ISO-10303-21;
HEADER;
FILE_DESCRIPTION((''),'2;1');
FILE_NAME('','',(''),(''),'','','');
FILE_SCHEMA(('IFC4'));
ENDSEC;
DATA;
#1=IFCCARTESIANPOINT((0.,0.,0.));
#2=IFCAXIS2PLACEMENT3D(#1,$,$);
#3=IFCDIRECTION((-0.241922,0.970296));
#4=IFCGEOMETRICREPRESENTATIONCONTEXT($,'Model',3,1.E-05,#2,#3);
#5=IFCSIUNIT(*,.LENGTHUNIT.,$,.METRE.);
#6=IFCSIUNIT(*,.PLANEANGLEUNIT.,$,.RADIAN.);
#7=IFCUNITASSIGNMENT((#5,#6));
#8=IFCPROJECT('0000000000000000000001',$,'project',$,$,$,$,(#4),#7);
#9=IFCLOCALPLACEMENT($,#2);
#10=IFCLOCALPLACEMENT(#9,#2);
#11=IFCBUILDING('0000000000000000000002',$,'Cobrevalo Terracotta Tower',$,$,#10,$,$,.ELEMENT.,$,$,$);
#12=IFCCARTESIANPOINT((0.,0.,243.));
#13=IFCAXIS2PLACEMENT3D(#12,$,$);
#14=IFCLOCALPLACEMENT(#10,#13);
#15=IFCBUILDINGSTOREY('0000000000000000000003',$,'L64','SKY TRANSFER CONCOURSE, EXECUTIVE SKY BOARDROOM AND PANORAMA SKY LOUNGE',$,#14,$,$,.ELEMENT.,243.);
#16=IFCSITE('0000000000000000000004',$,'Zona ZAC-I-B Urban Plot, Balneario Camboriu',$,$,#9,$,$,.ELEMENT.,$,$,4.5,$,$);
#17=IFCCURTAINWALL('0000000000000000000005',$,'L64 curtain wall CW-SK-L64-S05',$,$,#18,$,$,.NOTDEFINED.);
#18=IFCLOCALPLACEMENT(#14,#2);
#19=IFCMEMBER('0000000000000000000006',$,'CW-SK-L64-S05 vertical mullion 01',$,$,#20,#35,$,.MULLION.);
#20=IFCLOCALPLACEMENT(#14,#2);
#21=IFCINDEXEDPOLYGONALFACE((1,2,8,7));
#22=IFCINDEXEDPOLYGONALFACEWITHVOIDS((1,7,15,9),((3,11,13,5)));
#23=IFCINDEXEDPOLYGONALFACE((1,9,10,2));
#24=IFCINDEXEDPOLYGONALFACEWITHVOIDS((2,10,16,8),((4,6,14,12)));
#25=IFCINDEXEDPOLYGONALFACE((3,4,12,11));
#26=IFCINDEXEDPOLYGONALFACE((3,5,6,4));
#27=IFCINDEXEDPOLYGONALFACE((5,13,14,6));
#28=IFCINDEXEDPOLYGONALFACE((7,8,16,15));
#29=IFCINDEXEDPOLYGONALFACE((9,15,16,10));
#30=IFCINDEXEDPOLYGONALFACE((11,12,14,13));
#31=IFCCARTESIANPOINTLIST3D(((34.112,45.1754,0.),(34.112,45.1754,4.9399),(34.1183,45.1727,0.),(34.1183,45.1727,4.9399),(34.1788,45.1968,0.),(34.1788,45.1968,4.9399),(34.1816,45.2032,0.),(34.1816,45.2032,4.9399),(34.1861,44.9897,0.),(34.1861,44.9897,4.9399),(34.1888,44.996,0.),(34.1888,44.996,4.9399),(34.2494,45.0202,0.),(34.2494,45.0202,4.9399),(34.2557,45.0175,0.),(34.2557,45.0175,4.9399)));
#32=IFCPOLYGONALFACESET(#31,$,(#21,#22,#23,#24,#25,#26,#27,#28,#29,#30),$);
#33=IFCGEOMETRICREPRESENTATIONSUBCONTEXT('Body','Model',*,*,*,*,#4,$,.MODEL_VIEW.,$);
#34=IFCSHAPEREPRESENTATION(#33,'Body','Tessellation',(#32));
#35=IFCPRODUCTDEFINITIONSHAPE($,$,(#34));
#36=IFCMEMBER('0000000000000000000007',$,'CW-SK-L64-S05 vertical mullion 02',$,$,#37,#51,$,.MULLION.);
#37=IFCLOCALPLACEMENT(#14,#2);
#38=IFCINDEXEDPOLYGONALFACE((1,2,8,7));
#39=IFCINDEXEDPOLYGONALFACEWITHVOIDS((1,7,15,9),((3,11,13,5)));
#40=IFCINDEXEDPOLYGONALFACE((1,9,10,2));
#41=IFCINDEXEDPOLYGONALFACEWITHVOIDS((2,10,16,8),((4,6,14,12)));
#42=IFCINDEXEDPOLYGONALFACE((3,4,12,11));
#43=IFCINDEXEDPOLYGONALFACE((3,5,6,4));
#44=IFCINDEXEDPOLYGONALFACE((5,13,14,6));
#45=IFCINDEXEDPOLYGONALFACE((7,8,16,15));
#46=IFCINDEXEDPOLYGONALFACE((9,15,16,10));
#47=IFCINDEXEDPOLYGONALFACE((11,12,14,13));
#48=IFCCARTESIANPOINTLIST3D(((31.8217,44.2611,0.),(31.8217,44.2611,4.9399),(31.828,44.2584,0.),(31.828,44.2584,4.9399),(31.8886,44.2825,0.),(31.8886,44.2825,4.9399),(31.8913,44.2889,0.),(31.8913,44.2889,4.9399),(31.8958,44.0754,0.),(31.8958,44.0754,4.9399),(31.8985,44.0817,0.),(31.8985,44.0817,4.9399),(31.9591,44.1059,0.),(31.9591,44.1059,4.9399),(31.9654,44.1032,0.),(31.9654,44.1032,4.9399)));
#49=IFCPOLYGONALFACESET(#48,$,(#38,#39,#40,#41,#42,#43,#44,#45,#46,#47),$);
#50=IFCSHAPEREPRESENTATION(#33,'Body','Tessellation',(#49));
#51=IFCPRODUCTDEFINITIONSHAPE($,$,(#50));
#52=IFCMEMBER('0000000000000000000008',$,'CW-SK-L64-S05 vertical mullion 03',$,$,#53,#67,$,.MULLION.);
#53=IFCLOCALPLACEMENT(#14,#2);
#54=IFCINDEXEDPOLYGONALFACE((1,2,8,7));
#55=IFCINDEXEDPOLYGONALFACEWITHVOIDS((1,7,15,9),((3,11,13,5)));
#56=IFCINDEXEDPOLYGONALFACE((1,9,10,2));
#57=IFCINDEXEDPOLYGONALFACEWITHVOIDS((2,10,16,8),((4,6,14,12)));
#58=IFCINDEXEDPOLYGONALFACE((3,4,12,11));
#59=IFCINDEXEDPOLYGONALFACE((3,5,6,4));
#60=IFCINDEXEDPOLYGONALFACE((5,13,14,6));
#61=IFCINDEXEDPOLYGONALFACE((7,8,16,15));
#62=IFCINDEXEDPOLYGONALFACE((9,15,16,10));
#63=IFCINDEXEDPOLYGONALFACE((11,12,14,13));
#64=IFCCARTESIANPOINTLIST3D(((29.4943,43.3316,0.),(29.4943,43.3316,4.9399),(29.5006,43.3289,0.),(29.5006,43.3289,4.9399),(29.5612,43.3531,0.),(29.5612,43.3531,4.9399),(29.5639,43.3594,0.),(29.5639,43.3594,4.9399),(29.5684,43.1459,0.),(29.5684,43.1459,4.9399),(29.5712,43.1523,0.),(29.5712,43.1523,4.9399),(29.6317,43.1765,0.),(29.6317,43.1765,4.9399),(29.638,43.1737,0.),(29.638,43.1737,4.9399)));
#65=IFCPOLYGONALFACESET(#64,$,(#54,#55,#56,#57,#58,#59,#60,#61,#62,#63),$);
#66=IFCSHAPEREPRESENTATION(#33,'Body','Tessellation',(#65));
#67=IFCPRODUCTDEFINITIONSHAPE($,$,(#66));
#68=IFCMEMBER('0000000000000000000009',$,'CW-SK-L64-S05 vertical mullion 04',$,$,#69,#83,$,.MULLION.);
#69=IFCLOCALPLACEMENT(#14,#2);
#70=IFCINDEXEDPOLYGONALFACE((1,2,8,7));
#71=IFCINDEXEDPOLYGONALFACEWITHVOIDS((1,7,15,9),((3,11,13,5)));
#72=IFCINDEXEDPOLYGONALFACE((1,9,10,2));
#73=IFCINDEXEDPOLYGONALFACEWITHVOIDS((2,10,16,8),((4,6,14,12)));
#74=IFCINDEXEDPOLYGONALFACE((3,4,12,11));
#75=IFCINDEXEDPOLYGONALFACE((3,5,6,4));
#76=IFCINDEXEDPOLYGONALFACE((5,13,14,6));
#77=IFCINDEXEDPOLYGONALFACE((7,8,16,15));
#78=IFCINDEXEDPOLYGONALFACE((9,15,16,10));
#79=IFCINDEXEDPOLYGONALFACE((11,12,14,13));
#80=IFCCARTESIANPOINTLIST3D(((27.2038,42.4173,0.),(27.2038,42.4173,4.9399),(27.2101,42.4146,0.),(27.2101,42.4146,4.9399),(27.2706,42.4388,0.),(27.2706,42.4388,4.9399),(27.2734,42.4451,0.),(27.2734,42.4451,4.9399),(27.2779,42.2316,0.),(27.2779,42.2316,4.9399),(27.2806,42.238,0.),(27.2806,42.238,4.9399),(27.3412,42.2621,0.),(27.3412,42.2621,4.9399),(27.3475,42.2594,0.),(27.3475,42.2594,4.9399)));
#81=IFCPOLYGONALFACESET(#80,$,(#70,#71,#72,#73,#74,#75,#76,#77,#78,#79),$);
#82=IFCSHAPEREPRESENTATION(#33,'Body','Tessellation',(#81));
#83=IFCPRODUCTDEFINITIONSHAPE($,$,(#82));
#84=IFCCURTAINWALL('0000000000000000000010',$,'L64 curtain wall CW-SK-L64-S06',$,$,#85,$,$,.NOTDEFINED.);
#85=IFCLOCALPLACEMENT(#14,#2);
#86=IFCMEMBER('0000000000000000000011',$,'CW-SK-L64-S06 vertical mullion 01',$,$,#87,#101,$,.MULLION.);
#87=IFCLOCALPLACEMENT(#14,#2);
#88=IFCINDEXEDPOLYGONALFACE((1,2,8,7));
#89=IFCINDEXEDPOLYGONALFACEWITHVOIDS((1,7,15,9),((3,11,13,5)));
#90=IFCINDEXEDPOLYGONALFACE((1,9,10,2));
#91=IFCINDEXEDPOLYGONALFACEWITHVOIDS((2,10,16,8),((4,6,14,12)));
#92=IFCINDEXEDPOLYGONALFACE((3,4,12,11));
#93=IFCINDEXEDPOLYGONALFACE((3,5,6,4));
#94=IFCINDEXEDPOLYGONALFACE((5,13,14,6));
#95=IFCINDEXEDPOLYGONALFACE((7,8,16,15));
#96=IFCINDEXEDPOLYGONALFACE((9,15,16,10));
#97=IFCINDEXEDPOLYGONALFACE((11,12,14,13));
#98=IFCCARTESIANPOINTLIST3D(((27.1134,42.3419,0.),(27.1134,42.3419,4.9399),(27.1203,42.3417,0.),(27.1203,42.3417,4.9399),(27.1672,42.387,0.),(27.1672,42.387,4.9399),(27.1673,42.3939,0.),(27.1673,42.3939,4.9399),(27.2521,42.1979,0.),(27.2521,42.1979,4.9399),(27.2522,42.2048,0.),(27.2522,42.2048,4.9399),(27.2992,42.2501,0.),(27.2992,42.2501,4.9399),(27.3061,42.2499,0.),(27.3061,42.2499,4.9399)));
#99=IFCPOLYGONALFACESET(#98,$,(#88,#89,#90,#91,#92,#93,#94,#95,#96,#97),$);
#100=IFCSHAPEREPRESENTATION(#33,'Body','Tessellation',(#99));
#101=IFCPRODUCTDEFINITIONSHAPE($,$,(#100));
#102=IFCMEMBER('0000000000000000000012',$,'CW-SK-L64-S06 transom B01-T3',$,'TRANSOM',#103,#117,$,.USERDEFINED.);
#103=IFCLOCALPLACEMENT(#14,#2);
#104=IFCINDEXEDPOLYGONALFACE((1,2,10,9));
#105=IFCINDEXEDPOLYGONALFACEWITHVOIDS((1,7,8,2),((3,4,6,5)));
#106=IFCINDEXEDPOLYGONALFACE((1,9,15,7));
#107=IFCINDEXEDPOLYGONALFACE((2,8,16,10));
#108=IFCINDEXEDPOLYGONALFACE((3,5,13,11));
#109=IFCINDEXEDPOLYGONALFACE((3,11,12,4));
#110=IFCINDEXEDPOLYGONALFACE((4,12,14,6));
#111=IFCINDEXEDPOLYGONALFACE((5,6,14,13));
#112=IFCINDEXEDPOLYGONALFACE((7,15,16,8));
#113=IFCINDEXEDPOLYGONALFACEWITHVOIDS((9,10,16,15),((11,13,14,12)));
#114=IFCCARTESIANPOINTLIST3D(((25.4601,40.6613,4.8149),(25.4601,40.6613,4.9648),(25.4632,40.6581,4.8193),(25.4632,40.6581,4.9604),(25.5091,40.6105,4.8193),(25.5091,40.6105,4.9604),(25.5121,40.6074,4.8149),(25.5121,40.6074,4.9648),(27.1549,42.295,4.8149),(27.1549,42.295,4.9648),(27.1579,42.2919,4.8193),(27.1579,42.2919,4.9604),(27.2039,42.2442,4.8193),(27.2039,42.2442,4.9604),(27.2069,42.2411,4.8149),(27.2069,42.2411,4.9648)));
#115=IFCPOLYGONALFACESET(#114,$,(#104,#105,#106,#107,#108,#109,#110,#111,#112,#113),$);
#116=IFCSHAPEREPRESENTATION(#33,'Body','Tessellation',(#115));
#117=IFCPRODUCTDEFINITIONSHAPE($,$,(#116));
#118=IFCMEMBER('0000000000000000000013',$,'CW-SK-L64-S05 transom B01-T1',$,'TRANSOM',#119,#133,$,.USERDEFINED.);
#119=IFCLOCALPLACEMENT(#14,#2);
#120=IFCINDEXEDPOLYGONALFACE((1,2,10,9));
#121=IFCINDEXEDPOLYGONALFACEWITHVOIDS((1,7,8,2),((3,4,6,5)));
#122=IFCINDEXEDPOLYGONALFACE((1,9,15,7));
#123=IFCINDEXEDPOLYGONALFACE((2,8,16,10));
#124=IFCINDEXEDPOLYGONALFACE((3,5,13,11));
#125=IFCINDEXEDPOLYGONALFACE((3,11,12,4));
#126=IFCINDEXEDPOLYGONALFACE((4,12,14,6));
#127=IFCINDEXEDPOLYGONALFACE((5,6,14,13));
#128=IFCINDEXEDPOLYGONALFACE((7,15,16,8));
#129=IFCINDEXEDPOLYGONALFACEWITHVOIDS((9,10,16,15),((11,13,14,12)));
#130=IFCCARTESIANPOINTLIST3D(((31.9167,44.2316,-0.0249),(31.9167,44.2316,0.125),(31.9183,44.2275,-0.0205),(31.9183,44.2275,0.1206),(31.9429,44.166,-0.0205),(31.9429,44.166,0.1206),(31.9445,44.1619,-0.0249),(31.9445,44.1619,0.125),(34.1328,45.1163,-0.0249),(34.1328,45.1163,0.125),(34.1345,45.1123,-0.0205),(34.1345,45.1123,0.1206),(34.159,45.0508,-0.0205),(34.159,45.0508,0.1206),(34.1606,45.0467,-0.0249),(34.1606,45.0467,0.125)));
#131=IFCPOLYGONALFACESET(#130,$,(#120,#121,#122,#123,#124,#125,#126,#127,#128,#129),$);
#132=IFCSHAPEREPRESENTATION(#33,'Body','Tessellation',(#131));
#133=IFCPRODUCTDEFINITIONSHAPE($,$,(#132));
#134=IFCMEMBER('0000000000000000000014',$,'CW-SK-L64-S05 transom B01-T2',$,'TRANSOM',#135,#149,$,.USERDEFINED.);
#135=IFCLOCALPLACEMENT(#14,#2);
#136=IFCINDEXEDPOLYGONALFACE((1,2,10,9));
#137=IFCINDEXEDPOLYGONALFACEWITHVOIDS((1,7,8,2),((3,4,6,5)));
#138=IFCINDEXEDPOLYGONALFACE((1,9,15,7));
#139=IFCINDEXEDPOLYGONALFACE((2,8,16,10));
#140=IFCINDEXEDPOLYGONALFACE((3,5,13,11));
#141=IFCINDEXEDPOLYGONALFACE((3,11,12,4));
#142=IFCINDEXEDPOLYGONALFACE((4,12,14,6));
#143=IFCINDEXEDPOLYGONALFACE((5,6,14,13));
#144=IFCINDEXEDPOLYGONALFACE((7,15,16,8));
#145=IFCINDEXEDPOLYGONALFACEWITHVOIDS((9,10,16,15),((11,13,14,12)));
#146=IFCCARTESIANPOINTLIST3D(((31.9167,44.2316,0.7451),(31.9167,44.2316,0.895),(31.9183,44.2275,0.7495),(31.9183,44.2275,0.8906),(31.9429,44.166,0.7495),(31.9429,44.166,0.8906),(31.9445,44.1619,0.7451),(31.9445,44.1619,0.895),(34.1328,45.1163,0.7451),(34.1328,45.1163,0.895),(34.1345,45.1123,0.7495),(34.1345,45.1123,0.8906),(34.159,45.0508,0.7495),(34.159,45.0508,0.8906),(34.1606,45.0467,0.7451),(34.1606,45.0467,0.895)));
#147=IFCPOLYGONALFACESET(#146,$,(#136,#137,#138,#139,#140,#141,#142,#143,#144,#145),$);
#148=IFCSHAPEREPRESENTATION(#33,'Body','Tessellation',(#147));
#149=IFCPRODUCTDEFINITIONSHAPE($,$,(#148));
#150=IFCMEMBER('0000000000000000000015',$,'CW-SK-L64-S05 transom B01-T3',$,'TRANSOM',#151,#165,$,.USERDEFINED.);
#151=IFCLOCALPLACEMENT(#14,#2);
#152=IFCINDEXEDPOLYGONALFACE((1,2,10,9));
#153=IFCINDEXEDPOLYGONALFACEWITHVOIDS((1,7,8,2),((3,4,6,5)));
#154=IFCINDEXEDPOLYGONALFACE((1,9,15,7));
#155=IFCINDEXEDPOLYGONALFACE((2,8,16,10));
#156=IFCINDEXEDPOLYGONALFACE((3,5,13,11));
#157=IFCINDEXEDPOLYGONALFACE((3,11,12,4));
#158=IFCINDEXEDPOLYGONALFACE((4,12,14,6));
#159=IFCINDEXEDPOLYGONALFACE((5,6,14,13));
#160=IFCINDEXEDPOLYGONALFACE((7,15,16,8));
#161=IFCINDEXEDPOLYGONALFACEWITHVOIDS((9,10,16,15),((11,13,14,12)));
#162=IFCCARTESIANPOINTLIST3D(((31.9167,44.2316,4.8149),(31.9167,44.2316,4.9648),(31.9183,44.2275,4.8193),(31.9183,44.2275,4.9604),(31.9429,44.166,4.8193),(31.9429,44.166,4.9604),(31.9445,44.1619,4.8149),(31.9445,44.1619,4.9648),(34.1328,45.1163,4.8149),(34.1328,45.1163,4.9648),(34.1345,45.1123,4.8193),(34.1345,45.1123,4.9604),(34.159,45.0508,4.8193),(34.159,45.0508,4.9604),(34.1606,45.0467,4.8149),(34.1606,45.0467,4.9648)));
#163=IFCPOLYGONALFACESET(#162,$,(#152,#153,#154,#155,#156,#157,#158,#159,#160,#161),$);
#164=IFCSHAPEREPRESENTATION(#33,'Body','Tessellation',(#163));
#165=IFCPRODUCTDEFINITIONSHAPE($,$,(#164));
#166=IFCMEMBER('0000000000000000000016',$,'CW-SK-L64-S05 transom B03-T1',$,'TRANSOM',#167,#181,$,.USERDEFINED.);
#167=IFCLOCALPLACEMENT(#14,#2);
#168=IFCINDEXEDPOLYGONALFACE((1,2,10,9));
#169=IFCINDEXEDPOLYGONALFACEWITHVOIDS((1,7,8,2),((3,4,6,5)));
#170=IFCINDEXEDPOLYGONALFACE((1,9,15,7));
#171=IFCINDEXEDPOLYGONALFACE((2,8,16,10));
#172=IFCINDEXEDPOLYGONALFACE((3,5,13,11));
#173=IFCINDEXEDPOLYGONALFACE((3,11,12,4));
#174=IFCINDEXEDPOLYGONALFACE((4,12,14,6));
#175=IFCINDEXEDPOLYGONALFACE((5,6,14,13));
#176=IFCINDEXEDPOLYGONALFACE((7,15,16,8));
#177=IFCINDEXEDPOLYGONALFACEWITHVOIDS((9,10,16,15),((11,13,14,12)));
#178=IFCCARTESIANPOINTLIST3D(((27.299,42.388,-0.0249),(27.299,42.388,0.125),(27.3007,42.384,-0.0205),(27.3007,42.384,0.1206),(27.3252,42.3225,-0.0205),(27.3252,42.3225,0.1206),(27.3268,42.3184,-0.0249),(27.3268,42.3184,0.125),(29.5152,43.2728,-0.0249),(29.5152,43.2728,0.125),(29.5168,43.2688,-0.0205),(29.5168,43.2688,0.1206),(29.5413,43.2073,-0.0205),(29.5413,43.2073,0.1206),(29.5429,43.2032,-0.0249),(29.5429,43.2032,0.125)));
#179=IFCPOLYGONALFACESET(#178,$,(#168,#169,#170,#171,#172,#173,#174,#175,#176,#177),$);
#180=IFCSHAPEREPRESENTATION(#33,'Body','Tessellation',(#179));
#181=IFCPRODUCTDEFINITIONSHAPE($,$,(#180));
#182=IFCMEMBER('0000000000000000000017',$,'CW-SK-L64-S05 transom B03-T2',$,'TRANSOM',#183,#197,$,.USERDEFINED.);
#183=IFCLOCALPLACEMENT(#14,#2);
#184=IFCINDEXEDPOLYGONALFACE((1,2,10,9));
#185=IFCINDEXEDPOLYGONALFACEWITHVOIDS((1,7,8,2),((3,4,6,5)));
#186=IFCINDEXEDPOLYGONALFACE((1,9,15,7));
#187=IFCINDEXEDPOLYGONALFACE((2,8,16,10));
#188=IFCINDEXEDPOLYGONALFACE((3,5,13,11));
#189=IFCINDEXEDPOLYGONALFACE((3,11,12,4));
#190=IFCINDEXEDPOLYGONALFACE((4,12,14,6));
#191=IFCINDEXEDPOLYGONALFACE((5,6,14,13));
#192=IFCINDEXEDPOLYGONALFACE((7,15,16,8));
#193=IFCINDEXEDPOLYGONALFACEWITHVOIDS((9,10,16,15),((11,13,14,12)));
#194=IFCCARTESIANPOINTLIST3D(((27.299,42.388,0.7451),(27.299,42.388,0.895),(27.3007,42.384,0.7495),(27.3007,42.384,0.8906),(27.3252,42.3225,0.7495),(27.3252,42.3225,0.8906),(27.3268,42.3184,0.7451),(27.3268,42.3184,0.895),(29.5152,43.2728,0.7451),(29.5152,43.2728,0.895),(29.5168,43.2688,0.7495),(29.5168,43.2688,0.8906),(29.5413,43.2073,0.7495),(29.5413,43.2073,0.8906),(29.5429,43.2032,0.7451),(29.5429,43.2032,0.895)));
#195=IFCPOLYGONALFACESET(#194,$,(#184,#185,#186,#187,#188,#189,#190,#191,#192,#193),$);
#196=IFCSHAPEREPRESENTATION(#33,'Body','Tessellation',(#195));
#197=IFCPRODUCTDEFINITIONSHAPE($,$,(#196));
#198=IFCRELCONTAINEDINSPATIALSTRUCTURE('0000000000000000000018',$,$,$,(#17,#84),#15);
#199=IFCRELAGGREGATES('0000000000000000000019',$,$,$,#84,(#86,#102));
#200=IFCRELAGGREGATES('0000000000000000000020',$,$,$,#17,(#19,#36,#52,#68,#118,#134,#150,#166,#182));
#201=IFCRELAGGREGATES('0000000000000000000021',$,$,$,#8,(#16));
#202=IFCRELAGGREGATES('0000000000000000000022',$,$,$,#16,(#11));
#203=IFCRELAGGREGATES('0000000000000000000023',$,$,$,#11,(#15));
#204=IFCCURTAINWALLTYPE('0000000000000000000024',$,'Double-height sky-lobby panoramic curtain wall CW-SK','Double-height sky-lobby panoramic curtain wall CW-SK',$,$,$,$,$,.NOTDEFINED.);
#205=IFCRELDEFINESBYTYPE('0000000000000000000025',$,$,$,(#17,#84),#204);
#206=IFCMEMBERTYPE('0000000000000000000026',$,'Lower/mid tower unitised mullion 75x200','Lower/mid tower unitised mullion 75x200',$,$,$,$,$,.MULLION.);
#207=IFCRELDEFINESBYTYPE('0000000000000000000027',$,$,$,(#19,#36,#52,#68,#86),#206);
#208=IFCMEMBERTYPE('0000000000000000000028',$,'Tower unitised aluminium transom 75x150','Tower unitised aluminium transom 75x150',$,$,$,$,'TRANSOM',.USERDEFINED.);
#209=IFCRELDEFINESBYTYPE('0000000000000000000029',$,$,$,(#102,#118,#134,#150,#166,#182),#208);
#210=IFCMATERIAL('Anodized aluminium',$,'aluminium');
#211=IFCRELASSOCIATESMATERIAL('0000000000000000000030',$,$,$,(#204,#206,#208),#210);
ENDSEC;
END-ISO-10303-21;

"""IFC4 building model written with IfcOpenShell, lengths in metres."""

from ifc_helpers import new_model, si_unit, direction, frame, origin, origin_2d, place, context, subcontext, project, spatial, hollow_rectangle, extrude, source, transform, mapped, material, material_profile, profile_set, type_object, element, aggregate, save


model = new_model("IFC4")

# Units and contexts
model_context = context("Model", 3, precision=1e-05, world=origin(), true_north=direction((-0.241922, 0.970296)))
body_context = subcontext(model_context, "Body", "Model", "MODEL_VIEW")
ifc_project = project(units=[si_unit("LENGTHUNIT", "METRE"), si_unit("PLANEANGLEUNIT", "RADIAN")], contexts=[model_context])

# Site, building, storey
site_placement = place(None, origin())
site = spatial("IfcSite", under=ifc_project, at=site_placement, Name="Zona ZAC-I-B Urban Plot, Balneario Camboriu", CompositionType="ELEMENT", RefElevation=4.5)
building_placement = place(site_placement, origin())
building = spatial("IfcBuilding", under=site, at=building_placement, Name="Cobrevalo Terracotta Tower", CompositionType="ELEMENT")
storey_placement = place(building_placement, frame((0.0, 0.0, 243.0)))
storey = spatial("IfcBuildingStorey", under=building, at=storey_placement, Name="L64", Description="SKY TRANSFER CONCOURSE, EXECUTIVE SKY BOARDROOM AND PANORAMA SKY LOUNGE", CompositionType="ELEMENT", Elevation=243.0)

# Curtain walls, members
ifc_material_1 = material(Name="Anodized aluminium", Category="aluminium")
curtain_wall_type = type_object("IfcCurtainWallType", Name="Double-height sky-lobby panoramic curtain wall CW-SK", Description="Double-height sky-lobby panoramic curtain wall CW-SK", PredefinedType="NOTDEFINED", material=ifc_material_1)
curtain_wall_1_placement = place(storey_placement, origin())
curtain_wall_1 = element("IfcCurtainWall", 1, at=curtain_wall_1_placement, inside=storey, type_object=curtain_wall_type, Name="L64 curtain wall CW-SK-L64-S05", PredefinedType="NOTDEFINED")
ifc_material_profile_1 = material_profile(ifc_material_1, hollow_rectangle(XDim=0.075, YDim=0.2, WallThickness=0.0049, at=origin_2d()), Name="CWM 75x200")
ifc_profile_set_1 = profile_set([ifc_material_profile_1], Name="Anodized aluminium")
member_type_1 = type_object("IfcMemberType", Name="Lower/mid tower unitised mullion 75x200", Description="Lower/mid tower unitised mullion 75x200", PredefinedType="MULLION", material=ifc_profile_set_1)
shared_shape_1 = source(origin(), body_context, "Body", "SweptSolid", [
    extrude(hollow_rectangle(XDim=0.075, YDim=0.2, WallThickness=0.0049, at=origin_2d()), origin(), (0.0, 0.0, 1.0), 4.9399),
])
member_1_placement = place(storey_placement, frame((34.1838, 45.0964, 0.0), z_axis=(0.0, 0.0, 1.0), x_axis=(-0.928719, -0.370784, 0.0)))
member_1 = element("IfcMember", 2, at=member_1_placement, type_object=member_type_1, Name="CW-SK-L64-S05 vertical mullion 01", PredefinedType="MULLION", context=body_context, shape_type="MappedRepresentation", body=[
    mapped(shared_shape_1, transform((0.0, 0.0, 0.0), scale=1.0)),
])
member_2_placement = place(storey_placement, frame((31.8936, 44.1821, 0.0), z_axis=(0.0, 0.0, 1.0), x_axis=(-0.928719, -0.370784, 0.0)))
member_2 = element("IfcMember", 3, at=member_2_placement, type_object=member_type_1, Name="CW-SK-L64-S05 vertical mullion 02", PredefinedType="MULLION", context=body_context, shape_type="MappedRepresentation", body=[
    mapped(shared_shape_1, transform((0.0, 0.0, 0.0), scale=1.0)),
])
member_3_placement = place(storey_placement, frame((29.5662, 43.2527, 0.0), z_axis=(0.0, 0.0, 1.0), x_axis=(-0.928719, -0.370784, 0.0)))
member_3 = element("IfcMember", 4, at=member_3_placement, type_object=member_type_1, Name="CW-SK-L64-S05 vertical mullion 03", PredefinedType="MULLION", context=body_context, shape_type="MappedRepresentation", body=[
    mapped(shared_shape_1, transform((0.0, 0.0, 0.0), scale=1.0)),
])
member_4_placement = place(storey_placement, frame((27.2756, 42.3384, 0.0), z_axis=(0.0, 0.0, 1.0), x_axis=(-0.928719, -0.370784, 0.0)))
member_4 = element("IfcMember", 5, at=member_4_placement, type_object=member_type_1, Name="CW-SK-L64-S05 vertical mullion 04", PredefinedType="MULLION", context=body_context, shape_type="MappedRepresentation", body=[
    mapped(shared_shape_1, transform((0.0, 0.0, 0.0), scale=1.0)),
])
curtain_wall_2_placement = place(storey_placement, origin())
curtain_wall_2 = element("IfcCurtainWall", 6, at=curtain_wall_2_placement, inside=storey, type_object=curtain_wall_type, Name="L64 curtain wall CW-SK-L64-S06", PredefinedType="NOTDEFINED")
member_5_placement = place(storey_placement, frame((27.2097, 42.2959, 0.0), z_axis=(0.0, 0.0, 1.0), x_axis=(-0.719994, -0.69398, 0.0)))
member_5 = element("IfcMember", 7, at=member_5_placement, type_object=member_type_1, Name="CW-SK-L64-S06 vertical mullion 01", PredefinedType="MULLION", context=body_context, shape_type="MappedRepresentation", body=[
    mapped(shared_shape_1, transform((0.0, 0.0, 0.0), scale=1.0)),
])
ifc_material_profile_2 = material_profile(ifc_material_1, hollow_rectangle(XDim=0.075, YDim=0.1499, WallThickness=0.0044, at=origin_2d()), Name="CWT 75x150")
ifc_profile_set_2 = profile_set([ifc_material_profile_2], Name="Anodized aluminium")
member_type_2 = type_object("IfcMemberType", Name="Tower unitised aluminium transom 75x150", Description="Tower unitised aluminium transom 75x150", ElementType="TRANSOM", PredefinedType="USERDEFINED", material=ifc_profile_set_2)
shared_shape_2 = source(origin(), body_context, "Body", "SweptSolid", [
    extrude(hollow_rectangle(XDim=0.075, YDim=0.1499, WallThickness=0.0044, at=origin_2d()), origin(), (0.0, 0.0, 1.0), 2.354),
])
member_6_placement = place(storey_placement, frame((27.1809, 42.2681, 4.8899), z_axis=(-0.719952, -0.694024, 0.0), x_axis=(0.694024, -0.719952, 0.0)))
member_6 = element("IfcMember", 8, at=member_6_placement, type_object=member_type_2, Name="CW-SK-L64-S06 transom B01-T3", ObjectType="TRANSOM", PredefinedType="USERDEFINED", context=body_context, shape_type="MappedRepresentation", body=[
    mapped(shared_shape_2, transform((0.0, 0.0, 0.0), scale=1.0)),
])
aggregate(curtain_wall_2, [member_5, member_6])

# Members
shared_shape_3 = source(origin(), body_context, "Body", "SweptSolid", [
    extrude(hollow_rectangle(XDim=0.075, YDim=0.1499, WallThickness=0.0044, at=origin_2d()), origin(), (0.0, 0.0, 1.0), 2.3862),
])
member_7_placement = place(storey_placement, frame((34.1467, 45.0815, 0.05), z_axis=(-0.928716, -0.370791, 0.0), x_axis=(0.370791, -0.928716, 0.0)))
member_7 = element("IfcMember", 9, at=member_7_placement, type_object=member_type_2, Name="CW-SK-L64-S05 transom B01-T1", ObjectType="TRANSOM", PredefinedType="USERDEFINED", context=body_context, shape_type="MappedRepresentation", body=[
    mapped(shared_shape_3, transform((0.0, 0.0, 0.0), scale=1.0)),
])
member_8_placement = place(storey_placement, frame((34.1467, 45.0815, 0.8201), z_axis=(-0.928716, -0.370791, 0.0), x_axis=(0.370791, -0.928716, 0.0)))
member_8 = element("IfcMember", 10, at=member_8_placement, type_object=member_type_2, Name="CW-SK-L64-S05 transom B01-T2", ObjectType="TRANSOM", PredefinedType="USERDEFINED", context=body_context, shape_type="MappedRepresentation", body=[
    mapped(shared_shape_3, transform((0.0, 0.0, 0.0), scale=1.0)),
])
member_9_placement = place(storey_placement, frame((34.1467, 45.0815, 4.8899), z_axis=(-0.928716, -0.370791, 0.0), x_axis=(0.370791, -0.928716, 0.0)))
member_9 = element("IfcMember", 11, at=member_9_placement, type_object=member_type_2, Name="CW-SK-L64-S05 transom B01-T3", ObjectType="TRANSOM", PredefinedType="USERDEFINED", context=body_context, shape_type="MappedRepresentation", body=[
    mapped(shared_shape_3, transform((0.0, 0.0, 0.0), scale=1.0)),
])
member_10_placement = place(storey_placement, frame((29.5291, 43.238, 0.05), z_axis=(-0.928716, -0.370791, 0.0), x_axis=(0.370791, -0.928716, 0.0)))
member_10 = element("IfcMember", 12, at=member_10_placement, type_object=member_type_2, Name="CW-SK-L64-S05 transom B03-T1", ObjectType="TRANSOM", PredefinedType="USERDEFINED", context=body_context, shape_type="MappedRepresentation", body=[
    mapped(shared_shape_3, transform((0.0, 0.0, 0.0), scale=1.0)),
])
member_11_placement = place(storey_placement, frame((29.5291, 43.238, 0.8201), z_axis=(-0.928716, -0.370791, 0.0), x_axis=(0.370791, -0.928716, 0.0)))
member_11 = element("IfcMember", 13, at=member_11_placement, type_object=member_type_2, Name="CW-SK-L64-S05 transom B03-T2", ObjectType="TRANSOM", PredefinedType="USERDEFINED", context=body_context, shape_type="MappedRepresentation", body=[
    mapped(shared_shape_3, transform((0.0, 0.0, 0.0), scale=1.0)),
])

aggregate(curtain_wall_1, [member_1, member_2, member_3, member_4, member_7, member_8, member_9, member_10, member_11])

save(model, "model.ifc")
